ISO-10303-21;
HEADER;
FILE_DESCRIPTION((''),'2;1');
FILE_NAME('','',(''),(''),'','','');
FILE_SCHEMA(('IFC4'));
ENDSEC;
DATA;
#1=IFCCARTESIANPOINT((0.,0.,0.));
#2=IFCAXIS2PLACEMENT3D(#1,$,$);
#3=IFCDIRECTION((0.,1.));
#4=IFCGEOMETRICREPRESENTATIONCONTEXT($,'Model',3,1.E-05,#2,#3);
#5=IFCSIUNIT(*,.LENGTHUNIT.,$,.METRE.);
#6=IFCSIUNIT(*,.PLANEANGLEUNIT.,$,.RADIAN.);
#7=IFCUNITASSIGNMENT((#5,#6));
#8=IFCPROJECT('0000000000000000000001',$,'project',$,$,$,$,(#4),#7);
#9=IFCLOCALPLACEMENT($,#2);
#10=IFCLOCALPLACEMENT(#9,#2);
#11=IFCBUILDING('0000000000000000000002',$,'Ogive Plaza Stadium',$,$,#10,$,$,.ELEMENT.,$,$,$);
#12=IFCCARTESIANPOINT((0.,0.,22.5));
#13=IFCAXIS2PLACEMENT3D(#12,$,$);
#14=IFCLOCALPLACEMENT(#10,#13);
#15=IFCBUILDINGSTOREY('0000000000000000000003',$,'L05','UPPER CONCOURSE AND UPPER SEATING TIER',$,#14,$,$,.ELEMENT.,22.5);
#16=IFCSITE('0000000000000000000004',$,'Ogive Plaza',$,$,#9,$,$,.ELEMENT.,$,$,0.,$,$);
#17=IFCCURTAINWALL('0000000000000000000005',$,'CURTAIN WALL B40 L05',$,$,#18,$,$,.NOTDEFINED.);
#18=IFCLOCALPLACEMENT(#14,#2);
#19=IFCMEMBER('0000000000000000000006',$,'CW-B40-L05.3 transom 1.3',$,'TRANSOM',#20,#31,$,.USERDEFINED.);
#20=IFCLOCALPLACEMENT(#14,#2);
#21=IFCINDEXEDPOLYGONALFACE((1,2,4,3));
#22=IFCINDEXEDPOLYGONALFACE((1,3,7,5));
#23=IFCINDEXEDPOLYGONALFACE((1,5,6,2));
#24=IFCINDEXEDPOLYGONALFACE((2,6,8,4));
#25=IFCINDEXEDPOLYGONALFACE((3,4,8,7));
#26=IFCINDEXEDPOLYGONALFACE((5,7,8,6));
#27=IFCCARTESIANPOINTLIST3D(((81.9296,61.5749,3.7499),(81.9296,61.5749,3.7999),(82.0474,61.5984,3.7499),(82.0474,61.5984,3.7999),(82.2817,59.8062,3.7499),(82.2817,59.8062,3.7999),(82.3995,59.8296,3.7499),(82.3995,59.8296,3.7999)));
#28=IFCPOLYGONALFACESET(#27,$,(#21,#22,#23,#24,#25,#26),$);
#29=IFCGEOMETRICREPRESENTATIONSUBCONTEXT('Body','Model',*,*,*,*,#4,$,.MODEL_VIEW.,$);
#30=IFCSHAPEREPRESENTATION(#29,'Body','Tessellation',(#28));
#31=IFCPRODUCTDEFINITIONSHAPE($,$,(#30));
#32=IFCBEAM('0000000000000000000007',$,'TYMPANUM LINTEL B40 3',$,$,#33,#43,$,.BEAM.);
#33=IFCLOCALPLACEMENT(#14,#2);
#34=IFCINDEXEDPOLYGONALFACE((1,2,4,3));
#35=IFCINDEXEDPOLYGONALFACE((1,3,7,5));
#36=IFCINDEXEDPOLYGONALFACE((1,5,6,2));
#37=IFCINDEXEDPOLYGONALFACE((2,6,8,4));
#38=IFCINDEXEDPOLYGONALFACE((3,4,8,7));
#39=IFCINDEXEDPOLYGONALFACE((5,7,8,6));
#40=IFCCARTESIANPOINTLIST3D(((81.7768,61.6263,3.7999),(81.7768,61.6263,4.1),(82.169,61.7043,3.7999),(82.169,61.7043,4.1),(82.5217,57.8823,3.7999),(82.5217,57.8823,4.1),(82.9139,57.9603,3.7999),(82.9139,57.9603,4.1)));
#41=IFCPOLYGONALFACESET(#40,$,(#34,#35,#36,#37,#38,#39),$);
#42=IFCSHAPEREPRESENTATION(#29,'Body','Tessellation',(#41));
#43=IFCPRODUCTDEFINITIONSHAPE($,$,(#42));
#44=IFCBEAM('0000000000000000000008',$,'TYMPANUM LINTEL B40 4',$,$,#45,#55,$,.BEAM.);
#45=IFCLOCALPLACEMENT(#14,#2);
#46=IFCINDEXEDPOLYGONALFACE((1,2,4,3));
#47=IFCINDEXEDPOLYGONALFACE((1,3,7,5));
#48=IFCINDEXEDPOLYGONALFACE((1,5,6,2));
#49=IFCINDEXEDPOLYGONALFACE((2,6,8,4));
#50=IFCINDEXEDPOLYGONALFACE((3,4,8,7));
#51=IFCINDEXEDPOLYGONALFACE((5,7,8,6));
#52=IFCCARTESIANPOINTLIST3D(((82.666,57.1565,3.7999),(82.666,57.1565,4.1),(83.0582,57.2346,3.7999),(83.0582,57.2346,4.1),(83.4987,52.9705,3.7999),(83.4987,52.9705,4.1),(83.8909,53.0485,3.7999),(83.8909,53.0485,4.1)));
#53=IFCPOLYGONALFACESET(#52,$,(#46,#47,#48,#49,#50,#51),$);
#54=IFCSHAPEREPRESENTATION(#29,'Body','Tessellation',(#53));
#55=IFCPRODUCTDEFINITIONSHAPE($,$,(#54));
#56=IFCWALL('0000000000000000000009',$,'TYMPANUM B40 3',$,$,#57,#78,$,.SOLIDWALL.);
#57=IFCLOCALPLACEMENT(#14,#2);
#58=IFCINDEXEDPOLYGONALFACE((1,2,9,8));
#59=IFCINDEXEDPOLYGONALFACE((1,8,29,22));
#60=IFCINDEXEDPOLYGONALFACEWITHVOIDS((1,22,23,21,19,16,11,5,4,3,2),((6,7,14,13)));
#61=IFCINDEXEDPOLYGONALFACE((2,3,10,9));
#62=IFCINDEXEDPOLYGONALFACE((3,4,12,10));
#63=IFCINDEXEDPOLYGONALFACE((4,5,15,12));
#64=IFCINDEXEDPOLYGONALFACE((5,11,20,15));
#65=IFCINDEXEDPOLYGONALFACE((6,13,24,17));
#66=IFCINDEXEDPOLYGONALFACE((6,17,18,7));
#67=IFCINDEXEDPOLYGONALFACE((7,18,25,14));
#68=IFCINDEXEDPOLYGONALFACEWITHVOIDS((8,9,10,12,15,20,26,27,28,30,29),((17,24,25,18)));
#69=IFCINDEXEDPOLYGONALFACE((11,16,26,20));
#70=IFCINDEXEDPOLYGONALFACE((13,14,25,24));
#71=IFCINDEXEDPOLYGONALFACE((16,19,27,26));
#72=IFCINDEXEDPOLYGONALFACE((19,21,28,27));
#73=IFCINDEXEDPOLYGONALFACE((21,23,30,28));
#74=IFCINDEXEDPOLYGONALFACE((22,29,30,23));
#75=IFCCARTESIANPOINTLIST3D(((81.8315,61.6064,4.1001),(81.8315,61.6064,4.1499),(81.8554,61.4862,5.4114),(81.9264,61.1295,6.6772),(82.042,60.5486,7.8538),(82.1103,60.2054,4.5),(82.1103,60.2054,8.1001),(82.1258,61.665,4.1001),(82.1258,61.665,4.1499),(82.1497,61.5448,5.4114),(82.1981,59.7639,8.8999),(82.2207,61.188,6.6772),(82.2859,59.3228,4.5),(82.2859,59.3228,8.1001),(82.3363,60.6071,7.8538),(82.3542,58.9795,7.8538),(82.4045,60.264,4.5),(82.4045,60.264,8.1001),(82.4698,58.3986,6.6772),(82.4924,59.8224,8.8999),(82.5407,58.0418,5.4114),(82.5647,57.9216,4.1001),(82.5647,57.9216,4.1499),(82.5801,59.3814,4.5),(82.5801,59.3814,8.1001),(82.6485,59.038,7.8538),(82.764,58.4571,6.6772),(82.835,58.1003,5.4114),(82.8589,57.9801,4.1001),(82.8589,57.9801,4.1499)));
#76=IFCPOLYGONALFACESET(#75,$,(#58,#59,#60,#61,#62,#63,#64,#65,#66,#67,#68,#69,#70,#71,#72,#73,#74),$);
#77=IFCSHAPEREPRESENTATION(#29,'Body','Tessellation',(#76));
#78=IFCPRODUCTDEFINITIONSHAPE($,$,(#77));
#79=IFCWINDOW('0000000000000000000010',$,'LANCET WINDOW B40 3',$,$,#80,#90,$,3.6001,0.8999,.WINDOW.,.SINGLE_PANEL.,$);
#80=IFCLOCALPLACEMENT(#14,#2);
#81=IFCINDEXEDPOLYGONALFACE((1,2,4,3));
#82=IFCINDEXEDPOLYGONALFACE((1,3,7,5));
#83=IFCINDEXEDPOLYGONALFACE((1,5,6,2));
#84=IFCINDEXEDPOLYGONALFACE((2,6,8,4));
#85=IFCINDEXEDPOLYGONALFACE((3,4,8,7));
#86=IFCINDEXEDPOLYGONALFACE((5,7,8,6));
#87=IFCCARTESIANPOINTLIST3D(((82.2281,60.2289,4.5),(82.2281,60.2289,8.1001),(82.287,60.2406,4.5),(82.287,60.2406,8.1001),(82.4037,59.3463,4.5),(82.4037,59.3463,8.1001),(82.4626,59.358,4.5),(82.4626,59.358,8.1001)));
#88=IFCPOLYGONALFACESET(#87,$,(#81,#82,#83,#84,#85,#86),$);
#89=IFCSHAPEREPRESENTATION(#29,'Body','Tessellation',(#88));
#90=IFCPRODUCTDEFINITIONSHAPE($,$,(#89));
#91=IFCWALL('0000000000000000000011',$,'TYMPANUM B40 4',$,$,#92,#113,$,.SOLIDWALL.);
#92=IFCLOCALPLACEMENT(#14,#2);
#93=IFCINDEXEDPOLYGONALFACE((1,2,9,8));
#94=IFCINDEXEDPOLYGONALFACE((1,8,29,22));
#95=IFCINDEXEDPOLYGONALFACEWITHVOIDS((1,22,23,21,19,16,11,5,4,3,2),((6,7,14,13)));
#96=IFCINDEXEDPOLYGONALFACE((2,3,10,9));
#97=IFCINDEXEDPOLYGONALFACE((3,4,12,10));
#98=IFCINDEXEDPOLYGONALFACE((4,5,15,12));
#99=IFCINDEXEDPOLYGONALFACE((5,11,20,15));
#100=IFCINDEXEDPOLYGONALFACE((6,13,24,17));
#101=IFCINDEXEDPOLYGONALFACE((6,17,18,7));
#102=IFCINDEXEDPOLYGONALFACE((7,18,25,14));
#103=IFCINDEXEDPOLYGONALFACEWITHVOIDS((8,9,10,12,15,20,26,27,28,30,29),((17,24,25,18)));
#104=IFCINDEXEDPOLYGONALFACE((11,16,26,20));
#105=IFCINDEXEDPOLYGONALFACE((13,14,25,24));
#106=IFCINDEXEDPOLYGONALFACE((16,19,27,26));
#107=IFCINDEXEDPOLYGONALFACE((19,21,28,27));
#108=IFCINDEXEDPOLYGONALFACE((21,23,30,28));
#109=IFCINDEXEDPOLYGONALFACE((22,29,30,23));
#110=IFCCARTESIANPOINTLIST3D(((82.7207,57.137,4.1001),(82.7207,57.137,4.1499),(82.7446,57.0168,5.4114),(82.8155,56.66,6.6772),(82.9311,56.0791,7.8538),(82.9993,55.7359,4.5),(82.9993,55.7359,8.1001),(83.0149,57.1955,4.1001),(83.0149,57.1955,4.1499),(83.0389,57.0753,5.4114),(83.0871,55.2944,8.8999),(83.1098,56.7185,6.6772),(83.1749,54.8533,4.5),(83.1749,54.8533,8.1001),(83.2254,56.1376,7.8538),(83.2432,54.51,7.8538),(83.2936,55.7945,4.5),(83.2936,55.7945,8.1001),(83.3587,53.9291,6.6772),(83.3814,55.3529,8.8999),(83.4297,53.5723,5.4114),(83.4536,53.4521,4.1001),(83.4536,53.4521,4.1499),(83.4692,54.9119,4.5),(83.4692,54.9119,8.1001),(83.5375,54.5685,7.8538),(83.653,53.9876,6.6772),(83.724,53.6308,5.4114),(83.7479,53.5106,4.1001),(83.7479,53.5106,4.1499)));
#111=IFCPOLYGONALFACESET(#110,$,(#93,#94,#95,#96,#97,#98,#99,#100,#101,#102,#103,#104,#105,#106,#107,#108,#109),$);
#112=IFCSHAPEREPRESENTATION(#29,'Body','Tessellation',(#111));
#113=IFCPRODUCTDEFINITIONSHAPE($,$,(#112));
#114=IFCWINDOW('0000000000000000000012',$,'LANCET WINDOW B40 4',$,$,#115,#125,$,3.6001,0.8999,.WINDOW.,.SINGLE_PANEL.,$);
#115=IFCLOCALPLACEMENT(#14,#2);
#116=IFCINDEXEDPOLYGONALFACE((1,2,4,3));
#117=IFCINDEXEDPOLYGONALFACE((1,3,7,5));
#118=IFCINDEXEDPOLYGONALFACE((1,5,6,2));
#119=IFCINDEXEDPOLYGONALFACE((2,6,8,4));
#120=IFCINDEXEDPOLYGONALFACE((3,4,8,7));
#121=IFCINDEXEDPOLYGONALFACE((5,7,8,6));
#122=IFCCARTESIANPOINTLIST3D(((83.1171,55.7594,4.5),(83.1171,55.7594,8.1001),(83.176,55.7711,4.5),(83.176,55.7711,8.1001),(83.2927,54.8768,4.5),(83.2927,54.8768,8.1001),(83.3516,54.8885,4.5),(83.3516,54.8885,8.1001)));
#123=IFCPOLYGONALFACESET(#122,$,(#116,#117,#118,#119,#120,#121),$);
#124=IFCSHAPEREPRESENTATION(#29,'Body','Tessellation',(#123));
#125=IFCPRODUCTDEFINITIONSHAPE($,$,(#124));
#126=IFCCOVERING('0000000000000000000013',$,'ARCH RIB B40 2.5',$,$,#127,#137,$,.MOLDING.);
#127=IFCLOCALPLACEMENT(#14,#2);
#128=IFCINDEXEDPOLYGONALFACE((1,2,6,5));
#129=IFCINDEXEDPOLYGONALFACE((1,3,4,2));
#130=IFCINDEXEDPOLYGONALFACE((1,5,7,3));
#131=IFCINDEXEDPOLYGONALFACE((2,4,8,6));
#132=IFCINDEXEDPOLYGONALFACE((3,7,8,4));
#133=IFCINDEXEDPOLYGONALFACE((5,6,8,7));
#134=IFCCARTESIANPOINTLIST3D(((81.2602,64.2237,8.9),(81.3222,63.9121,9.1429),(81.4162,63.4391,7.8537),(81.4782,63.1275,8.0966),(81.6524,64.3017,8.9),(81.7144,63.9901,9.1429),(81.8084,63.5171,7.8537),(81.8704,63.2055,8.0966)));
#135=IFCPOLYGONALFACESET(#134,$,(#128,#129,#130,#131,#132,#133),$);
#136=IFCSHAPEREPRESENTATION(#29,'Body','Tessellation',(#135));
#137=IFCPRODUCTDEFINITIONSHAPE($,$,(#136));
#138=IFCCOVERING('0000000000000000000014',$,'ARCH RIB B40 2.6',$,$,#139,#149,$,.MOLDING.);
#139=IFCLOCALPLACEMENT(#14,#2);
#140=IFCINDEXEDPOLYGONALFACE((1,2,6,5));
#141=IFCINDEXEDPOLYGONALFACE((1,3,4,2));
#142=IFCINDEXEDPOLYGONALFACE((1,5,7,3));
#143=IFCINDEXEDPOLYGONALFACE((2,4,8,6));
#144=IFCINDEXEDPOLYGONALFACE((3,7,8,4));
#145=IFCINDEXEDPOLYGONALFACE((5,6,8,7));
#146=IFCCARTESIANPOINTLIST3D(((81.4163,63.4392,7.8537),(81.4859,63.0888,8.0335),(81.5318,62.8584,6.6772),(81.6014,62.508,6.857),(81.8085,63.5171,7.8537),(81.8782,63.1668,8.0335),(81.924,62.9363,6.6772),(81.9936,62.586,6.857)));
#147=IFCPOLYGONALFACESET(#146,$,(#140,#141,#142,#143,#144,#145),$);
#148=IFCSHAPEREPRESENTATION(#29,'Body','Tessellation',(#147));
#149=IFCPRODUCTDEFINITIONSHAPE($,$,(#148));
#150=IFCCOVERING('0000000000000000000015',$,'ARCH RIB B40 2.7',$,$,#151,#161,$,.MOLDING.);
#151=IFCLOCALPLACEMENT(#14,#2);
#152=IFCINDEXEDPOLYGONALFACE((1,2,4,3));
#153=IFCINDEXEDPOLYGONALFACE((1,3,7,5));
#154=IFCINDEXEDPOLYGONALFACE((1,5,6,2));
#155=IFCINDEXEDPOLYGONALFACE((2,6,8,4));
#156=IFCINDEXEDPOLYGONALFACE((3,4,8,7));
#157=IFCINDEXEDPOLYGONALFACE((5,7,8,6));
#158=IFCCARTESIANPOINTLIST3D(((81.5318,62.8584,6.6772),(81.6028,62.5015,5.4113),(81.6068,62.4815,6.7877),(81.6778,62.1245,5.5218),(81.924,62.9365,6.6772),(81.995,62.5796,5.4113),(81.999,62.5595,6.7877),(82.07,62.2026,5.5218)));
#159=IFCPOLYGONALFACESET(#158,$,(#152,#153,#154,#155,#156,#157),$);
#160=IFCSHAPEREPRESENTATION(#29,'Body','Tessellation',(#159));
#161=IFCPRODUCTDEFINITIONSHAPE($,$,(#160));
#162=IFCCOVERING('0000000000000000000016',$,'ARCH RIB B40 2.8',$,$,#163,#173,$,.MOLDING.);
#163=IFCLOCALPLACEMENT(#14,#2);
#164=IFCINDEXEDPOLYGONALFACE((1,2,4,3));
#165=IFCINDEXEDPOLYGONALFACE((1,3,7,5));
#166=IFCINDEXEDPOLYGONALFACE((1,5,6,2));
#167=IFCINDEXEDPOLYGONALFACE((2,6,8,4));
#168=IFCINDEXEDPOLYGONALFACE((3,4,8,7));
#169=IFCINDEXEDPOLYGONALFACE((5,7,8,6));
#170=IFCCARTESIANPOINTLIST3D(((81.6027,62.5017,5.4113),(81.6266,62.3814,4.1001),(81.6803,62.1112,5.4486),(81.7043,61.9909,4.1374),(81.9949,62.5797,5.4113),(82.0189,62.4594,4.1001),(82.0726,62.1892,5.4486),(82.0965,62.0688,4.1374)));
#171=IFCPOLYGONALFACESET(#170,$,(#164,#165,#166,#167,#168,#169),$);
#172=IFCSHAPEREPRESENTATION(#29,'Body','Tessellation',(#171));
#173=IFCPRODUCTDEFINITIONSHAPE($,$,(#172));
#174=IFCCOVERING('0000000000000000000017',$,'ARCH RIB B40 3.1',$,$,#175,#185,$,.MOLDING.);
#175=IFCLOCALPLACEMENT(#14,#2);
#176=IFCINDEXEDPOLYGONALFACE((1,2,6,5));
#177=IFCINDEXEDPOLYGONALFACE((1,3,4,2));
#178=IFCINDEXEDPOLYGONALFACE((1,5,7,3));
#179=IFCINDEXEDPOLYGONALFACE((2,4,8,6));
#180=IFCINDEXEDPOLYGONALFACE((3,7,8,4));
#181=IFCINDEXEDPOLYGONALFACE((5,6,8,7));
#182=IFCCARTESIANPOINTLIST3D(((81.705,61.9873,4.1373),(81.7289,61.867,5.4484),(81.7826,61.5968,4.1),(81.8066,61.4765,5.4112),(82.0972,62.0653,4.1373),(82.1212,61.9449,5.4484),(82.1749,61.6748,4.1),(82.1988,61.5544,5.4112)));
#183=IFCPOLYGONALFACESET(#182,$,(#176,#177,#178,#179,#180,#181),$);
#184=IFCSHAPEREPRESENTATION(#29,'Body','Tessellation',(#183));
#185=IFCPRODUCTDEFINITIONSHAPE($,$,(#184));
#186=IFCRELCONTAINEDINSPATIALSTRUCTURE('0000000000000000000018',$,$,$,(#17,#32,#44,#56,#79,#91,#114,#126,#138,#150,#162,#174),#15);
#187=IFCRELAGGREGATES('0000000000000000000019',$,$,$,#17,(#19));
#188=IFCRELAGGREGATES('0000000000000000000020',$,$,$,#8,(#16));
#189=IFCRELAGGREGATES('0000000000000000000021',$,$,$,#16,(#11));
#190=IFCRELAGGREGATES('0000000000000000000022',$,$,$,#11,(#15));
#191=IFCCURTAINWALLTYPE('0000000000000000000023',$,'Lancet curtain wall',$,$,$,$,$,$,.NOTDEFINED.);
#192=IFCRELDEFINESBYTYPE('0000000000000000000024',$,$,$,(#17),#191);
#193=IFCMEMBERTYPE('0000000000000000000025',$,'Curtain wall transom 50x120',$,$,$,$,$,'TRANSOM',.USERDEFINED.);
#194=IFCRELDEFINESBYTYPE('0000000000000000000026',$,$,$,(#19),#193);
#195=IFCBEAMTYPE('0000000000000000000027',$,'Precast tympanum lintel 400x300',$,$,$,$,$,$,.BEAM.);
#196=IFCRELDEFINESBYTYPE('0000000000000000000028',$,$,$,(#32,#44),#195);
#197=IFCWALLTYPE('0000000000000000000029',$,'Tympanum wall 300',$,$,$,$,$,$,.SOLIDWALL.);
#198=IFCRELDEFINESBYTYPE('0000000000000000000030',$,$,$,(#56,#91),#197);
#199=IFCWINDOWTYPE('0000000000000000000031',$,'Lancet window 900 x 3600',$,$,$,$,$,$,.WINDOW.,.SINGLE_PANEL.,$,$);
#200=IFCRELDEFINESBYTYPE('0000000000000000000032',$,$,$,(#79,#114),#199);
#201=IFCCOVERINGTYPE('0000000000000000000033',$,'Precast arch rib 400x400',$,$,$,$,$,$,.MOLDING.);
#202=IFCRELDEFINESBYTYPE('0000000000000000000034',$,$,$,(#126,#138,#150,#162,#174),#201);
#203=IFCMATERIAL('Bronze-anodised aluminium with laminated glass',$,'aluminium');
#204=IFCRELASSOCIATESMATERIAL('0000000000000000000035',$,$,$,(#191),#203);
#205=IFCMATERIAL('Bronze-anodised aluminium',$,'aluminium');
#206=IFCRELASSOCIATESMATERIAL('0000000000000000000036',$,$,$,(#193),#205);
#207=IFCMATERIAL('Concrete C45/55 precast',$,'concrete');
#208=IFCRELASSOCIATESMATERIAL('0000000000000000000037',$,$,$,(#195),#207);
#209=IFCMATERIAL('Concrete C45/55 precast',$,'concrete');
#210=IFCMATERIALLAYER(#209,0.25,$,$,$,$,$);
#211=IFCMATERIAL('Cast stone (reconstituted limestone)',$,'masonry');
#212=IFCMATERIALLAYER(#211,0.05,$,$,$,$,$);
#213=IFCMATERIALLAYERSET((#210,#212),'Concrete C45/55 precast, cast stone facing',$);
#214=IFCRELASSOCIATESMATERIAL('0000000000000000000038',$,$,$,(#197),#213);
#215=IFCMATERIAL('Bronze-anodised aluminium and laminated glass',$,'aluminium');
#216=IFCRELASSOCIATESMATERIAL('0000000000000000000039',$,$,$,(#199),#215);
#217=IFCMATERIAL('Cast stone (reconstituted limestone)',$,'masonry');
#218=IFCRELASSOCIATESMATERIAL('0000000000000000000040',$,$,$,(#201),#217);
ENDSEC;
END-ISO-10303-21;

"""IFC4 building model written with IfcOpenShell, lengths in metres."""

from ifc_helpers import new_model, si_unit, direction, frame, frame_2d, origin, origin_2d, place, context, subcontext, project, spatial, polyline, rectangle, outline, extrude, material, layer, layer_set, material_profile, profile_set, type_object, element, fill, aggregate, save


model = new_model("IFC4")

# Units and contexts
model_context = context("Model", 3, precision=1e-05, world=origin(), true_north=direction((0.0, 1.0)))
body_context = subcontext(model_context, "Body", "Model", "MODEL_VIEW")
ifc_project = project(units=[si_unit("LENGTHUNIT", "METRE"), si_unit("PLANEANGLEUNIT", "RADIAN")], contexts=[model_context])

# Site, building, storey
site_placement = place(None, origin())
site = spatial("IfcSite", under=ifc_project, at=site_placement, Name="Ogive Plaza", CompositionType="ELEMENT", RefElevation=0.0)
building_placement = place(site_placement, origin())
building = spatial("IfcBuilding", under=site, at=building_placement, Name="Ogive Plaza Stadium", CompositionType="ELEMENT")
storey_placement = place(building_placement, frame((0.0, 0.0, 22.5)))
storey = spatial("IfcBuildingStorey", under=building, at=storey_placement, Name="L05", Description="UPPER CONCOURSE AND UPPER SEATING TIER", CompositionType="ELEMENT", Elevation=22.5)

# Curtain wall, member
ifc_material_1 = material(Name="Bronze-anodised aluminium with laminated glass", Category="aluminium")
curtain_wall_type = type_object("IfcCurtainWallType", Name="Lancet curtain wall", PredefinedType="NOTDEFINED", material=ifc_material_1)
curtain_wall_placement = place(storey_placement, origin())
curtain_wall = element("IfcCurtainWall", 1, at=curtain_wall_placement, inside=storey, type_object=curtain_wall_type, Name="CURTAIN WALL B40 L05", PredefinedType="NOTDEFINED")
ifc_material_2 = material(Name="Bronze-anodised aluminium", Category="aluminium")
ifc_material_profile_1 = material_profile(ifc_material_2, rectangle(XDim=0.1201, YDim=0.05, at=origin_2d()), Name="AL 120x50")
ifc_profile_set_1 = profile_set([ifc_material_profile_1], Name="Bronze-anodised aluminium")
member_type = type_object("IfcMemberType", Name="Curtain wall transom 50x120", ElementType="TRANSOM", PredefinedType="USERDEFINED", material=ifc_profile_set_1)
member_placement = place(storey_placement, frame((81.9885, 61.5867, 3.7749), z_axis=(0.195205, -0.980762, 0.0), x_axis=(0.980762, 0.195205, 0.0)))
member = element("IfcMember", 2, at=member_placement, type_object=member_type, Name="CW-B40-L05.3 transom 1.3", ObjectType="TRANSOM", PredefinedType="USERDEFINED", context=body_context, shape_type="SweptSolid", body=[
    extrude(rectangle(XDim=0.1201, YDim=0.05, at=origin_2d()), origin(), (0.0, 0.0, 1.0), 1.8035),
])
aggregate(curtain_wall, [member])

# Beams
ifc_material_3 = material(Name="Concrete C45/55 precast", Category="concrete")
ifc_material_profile_2 = material_profile(ifc_material_3, rectangle(XDim=0.3999, YDim=0.3, at=origin_2d()), Name="RC 400x300")
ifc_profile_set_2 = profile_set([ifc_material_profile_2], Name="Concrete C45/55 precast")
beam_type = type_object("IfcBeamType", Name="Precast tympanum lintel 400x300", PredefinedType="BEAM", material=ifc_profile_set_2)
beam_1_placement = place(storey_placement, frame((81.9729, 61.6653, 3.95), z_axis=(0.195132, -0.980777, 0.0), x_axis=(0.980777, 0.195132, 0.0)))
element("IfcBeam", 3, at=beam_1_placement, inside=storey, type_object=beam_type, Name="TYMPANUM LINTEL B40 3", PredefinedType="BEAM", context=body_context, shape_type="SweptSolid", body=[
    extrude(rectangle(XDim=0.3999, YDim=0.3, at=origin_2d()), origin(), (0.0, 0.0, 1.0), 3.8174),
])
beam_2_placement = place(storey_placement, frame((82.8621, 57.1956, 3.95), z_axis=(0.195115, -0.98078, 0.0), x_axis=(0.98078, 0.195115, 0.0)))
element("IfcBeam", 4, at=beam_2_placement, inside=storey, type_object=beam_type, Name="TYMPANUM LINTEL B40 4", PredefinedType="BEAM", context=body_context, shape_type="SweptSolid", body=[
    extrude(rectangle(XDim=0.3999, YDim=0.3, at=origin_2d()), origin(), (0.0, 0.0, 1.0), 4.2681),
])

# Walls, openings, windows
ifc_material_4 = material(Name="Concrete C45/55 precast", Category="concrete")
ifc_layer_1 = layer(ifc_material_4, 0.25)
ifc_material_5 = material(Name="Cast stone (reconstituted limestone)", Category="masonry")
ifc_layer_2 = layer(ifc_material_5, 0.05)
ifc_layer_set = layer_set([ifc_layer_1, ifc_layer_2], Name="Concrete C45/55 precast, cast stone facing")
wall_type = type_object("IfcWallType", Name="Tympanum wall 300", PredefinedType="SOLIDWALL", material=ifc_layer_set)
wall_1_placement = place(storey_placement, frame((81.9788, 61.6357, 4.1001), z_axis=(0.0, 0.0, 1.0), x_axis=(0.195141, -0.980775, 0.0)))
wall_1 = element("IfcWall", 5, at=wall_1_placement, inside=storey, type_object=wall_type, Name="TYMPANUM B40 3", PredefinedType="SOLIDWALL", context=body_context, shape_type="SweptSolid", body=[
    extrude(outline(polyline([(0.0, 0.0), (3.7571, 0.0), (3.7571, 0.0498), (3.6345, 1.3113), (3.2708, 2.5771), (2.6785, 3.7537), (1.8787, 4.7998), (1.0786, 3.7537), (0.4863, 2.5771), (0.1226, 1.3113), (0.0, 0.0498), (0.0, 0.0)])), frame((0.0, 0.1499, 0.0), z_axis=(0.0, -1.0, 0.0), x_axis=(1.0, 0.0, 0.0)), (0.0, 0.0, 1.0), 0.3),
])
opening_1_placement = place(wall_1_placement, frame((1.4285, 0.0, 0.3999)))
opening_1 = element("IfcOpeningElement", 6, at=opening_1_placement, cuts=wall_1, PredefinedType="OPENING", context=body_context, shape_type="SweptSolid", body=[
    extrude(rectangle(XDim=0.8999, YDim=3.6001, at=frame_2d((0.45, 1.8))), frame((0.0, 0.1602, 0.0), z_axis=(0.0, -1.0, 0.0), x_axis=(1.0, 0.0, 0.0)), (0.0, 0.0, 1.0), 0.3201),
])
ifc_material_6 = material(Name="Bronze-anodised aluminium and laminated glass", Category="aluminium")
window_type = type_object("IfcWindowType", Name="Lancet window 900 x 3600", PartitioningType="SINGLE_PANEL", PredefinedType="WINDOW", material=ifc_material_6)
window_1_placement = place(opening_1_placement, origin())
window_1 = element("IfcWindow", 7, at=window_1_placement, inside=storey, type_object=window_type, Name="LANCET WINDOW B40 3", OverallHeight=3.6001, OverallWidth=0.8999, PartitioningType="SINGLE_PANEL", PredefinedType="WINDOW", context=body_context, shape_type="SweptSolid", body=[
    extrude(rectangle(XDim=0.8999, YDim=3.6001, at=frame_2d((0.45, 1.8))), frame((0.0, 0.03, 0.0), z_axis=(0.0, -1.0, 0.0), x_axis=(1.0, 0.0, 0.0)), (0.0, 0.0, 1.0), 0.0601),
])
fill(opening_1, window_1)
wall_2_placement = place(storey_placement, frame((82.8679, 57.1663, 4.1001), z_axis=(0.0, 0.0, 1.0), x_axis=(0.195079, -0.980788, 0.0)))
wall_2 = element("IfcWall", 8, at=wall_2_placement, inside=storey, type_object=wall_type, Name="TYMPANUM B40 4", PredefinedType="SOLIDWALL", context=body_context, shape_type="SweptSolid", body=[
    extrude(outline(polyline([(0.0, 0.0), (3.7571, 0.0), (3.7571, 0.0498), (3.6345, 1.3113), (3.2708, 2.5771), (2.6785, 3.7537), (1.8787, 4.7998), (1.0786, 3.7537), (0.4863, 2.5771), (0.1226, 1.3113), (0.0, 0.0498), (0.0, 0.0)])), frame((0.0, 0.1499, 0.0), z_axis=(0.0, -1.0, 0.0), x_axis=(1.0, 0.0, 0.0)), (0.0, 0.0, 1.0), 0.3),
])
opening_2_placement = place(wall_2_placement, frame((1.4285, 0.0, 0.3999)))
opening_2 = element("IfcOpeningElement", 9, at=opening_2_placement, cuts=wall_2, PredefinedType="OPENING", context=body_context, shape_type="SweptSolid", body=[
    extrude(rectangle(XDim=0.8999, YDim=3.6001, at=frame_2d((0.45, 1.8))), frame((0.0, 0.1602, 0.0), z_axis=(0.0, -1.0, 0.0), x_axis=(1.0, 0.0, 0.0)), (0.0, 0.0, 1.0), 0.3201),
])
window_2_placement = place(opening_2_placement, origin())
window_2 = element("IfcWindow", 10, at=window_2_placement, inside=storey, type_object=window_type, Name="LANCET WINDOW B40 4", OverallHeight=3.6001, OverallWidth=0.8999, PartitioningType="SINGLE_PANEL", PredefinedType="WINDOW", context=body_context, shape_type="SweptSolid", body=[
    extrude(rectangle(XDim=0.8999, YDim=3.6001, at=frame_2d((0.45, 1.8))), frame((0.0, 0.03, 0.0), z_axis=(0.0, -1.0, 0.0), x_axis=(1.0, 0.0, 0.0)), (0.0, 0.0, 1.0), 0.0601),
])
fill(opening_2, window_2)

# Coverings
ifc_material_7 = material(Name="Cast stone (reconstituted limestone)", Category="masonry")
ifc_material_profile_3 = material_profile(ifc_material_7, rectangle(XDim=0.3999, YDim=0.3999, at=origin_2d()), Name="Cast stone 400x400")
ifc_profile_set_3 = profile_set([ifc_material_profile_3], Name="Cast stone (reconstituted limestone)")
covering_type = type_object("IfcCoveringType", Name="Precast arch rib 400x400", PredefinedType="MOLDING", material=ifc_profile_set_3)
for number, where, z_axis, x_axis, name in (
    (11, (81.4873, 64.1069, 9.0215), (0.118439, -0.595717, -0.794414), (0.980803, 0.195001, 0.0), "ARCH RIB B40 2.5"),
    (12, (81.6472, 63.303, 7.9436), (0.087674, -0.440963, -0.893233), (0.980802, 0.195006, 0.0), "ARCH RIB B40 2.6"),
    (13, (81.7654, 62.709, 6.7324), (0.053939, -0.27099, -0.96107), (0.980761, 0.195213, 0.0), "ARCH RIB B40 2.7"),
):
    element("IfcCovering", number, at=place(storey_placement, frame(where, z_axis=z_axis, x_axis=x_axis)), inside=storey, type_object=covering_type, Name=name, PredefinedType="MOLDING", context=body_context, shape_type="SweptSolid", body=[
        extrude(rectangle(XDim=0.3999, YDim=0.3999, at=origin_2d()), origin(), (0.0, 0.0, 1.0), 1.3171),
    ])
for number, where, z_axis, x_axis, name in (
    (14, (81.8376, 62.3455, 5.4299), (0.018167, -0.09139, -0.995649), (0.98081, 0.194968, 0.0), "ARCH RIB B40 2.8"),
    (15, (81.9399, 61.8311, 4.1187), (0.018167, -0.09139, 0.995649), (0.98081, 0.194968, 0.0), "ARCH RIB B40 3.1"),
):
    element("IfcCovering", number, at=place(storey_placement, frame(where, z_axis=z_axis, x_axis=x_axis)), inside=storey, type_object=covering_type, Name=name, PredefinedType="MOLDING", context=body_context, shape_type="SweptSolid", body=[
        extrude(rectangle(XDim=0.3999, YDim=0.3999, at=origin_2d()), origin(), (0.0, 0.0, 1.0), 1.3169),
    ])

save(model, "model.ifc")
